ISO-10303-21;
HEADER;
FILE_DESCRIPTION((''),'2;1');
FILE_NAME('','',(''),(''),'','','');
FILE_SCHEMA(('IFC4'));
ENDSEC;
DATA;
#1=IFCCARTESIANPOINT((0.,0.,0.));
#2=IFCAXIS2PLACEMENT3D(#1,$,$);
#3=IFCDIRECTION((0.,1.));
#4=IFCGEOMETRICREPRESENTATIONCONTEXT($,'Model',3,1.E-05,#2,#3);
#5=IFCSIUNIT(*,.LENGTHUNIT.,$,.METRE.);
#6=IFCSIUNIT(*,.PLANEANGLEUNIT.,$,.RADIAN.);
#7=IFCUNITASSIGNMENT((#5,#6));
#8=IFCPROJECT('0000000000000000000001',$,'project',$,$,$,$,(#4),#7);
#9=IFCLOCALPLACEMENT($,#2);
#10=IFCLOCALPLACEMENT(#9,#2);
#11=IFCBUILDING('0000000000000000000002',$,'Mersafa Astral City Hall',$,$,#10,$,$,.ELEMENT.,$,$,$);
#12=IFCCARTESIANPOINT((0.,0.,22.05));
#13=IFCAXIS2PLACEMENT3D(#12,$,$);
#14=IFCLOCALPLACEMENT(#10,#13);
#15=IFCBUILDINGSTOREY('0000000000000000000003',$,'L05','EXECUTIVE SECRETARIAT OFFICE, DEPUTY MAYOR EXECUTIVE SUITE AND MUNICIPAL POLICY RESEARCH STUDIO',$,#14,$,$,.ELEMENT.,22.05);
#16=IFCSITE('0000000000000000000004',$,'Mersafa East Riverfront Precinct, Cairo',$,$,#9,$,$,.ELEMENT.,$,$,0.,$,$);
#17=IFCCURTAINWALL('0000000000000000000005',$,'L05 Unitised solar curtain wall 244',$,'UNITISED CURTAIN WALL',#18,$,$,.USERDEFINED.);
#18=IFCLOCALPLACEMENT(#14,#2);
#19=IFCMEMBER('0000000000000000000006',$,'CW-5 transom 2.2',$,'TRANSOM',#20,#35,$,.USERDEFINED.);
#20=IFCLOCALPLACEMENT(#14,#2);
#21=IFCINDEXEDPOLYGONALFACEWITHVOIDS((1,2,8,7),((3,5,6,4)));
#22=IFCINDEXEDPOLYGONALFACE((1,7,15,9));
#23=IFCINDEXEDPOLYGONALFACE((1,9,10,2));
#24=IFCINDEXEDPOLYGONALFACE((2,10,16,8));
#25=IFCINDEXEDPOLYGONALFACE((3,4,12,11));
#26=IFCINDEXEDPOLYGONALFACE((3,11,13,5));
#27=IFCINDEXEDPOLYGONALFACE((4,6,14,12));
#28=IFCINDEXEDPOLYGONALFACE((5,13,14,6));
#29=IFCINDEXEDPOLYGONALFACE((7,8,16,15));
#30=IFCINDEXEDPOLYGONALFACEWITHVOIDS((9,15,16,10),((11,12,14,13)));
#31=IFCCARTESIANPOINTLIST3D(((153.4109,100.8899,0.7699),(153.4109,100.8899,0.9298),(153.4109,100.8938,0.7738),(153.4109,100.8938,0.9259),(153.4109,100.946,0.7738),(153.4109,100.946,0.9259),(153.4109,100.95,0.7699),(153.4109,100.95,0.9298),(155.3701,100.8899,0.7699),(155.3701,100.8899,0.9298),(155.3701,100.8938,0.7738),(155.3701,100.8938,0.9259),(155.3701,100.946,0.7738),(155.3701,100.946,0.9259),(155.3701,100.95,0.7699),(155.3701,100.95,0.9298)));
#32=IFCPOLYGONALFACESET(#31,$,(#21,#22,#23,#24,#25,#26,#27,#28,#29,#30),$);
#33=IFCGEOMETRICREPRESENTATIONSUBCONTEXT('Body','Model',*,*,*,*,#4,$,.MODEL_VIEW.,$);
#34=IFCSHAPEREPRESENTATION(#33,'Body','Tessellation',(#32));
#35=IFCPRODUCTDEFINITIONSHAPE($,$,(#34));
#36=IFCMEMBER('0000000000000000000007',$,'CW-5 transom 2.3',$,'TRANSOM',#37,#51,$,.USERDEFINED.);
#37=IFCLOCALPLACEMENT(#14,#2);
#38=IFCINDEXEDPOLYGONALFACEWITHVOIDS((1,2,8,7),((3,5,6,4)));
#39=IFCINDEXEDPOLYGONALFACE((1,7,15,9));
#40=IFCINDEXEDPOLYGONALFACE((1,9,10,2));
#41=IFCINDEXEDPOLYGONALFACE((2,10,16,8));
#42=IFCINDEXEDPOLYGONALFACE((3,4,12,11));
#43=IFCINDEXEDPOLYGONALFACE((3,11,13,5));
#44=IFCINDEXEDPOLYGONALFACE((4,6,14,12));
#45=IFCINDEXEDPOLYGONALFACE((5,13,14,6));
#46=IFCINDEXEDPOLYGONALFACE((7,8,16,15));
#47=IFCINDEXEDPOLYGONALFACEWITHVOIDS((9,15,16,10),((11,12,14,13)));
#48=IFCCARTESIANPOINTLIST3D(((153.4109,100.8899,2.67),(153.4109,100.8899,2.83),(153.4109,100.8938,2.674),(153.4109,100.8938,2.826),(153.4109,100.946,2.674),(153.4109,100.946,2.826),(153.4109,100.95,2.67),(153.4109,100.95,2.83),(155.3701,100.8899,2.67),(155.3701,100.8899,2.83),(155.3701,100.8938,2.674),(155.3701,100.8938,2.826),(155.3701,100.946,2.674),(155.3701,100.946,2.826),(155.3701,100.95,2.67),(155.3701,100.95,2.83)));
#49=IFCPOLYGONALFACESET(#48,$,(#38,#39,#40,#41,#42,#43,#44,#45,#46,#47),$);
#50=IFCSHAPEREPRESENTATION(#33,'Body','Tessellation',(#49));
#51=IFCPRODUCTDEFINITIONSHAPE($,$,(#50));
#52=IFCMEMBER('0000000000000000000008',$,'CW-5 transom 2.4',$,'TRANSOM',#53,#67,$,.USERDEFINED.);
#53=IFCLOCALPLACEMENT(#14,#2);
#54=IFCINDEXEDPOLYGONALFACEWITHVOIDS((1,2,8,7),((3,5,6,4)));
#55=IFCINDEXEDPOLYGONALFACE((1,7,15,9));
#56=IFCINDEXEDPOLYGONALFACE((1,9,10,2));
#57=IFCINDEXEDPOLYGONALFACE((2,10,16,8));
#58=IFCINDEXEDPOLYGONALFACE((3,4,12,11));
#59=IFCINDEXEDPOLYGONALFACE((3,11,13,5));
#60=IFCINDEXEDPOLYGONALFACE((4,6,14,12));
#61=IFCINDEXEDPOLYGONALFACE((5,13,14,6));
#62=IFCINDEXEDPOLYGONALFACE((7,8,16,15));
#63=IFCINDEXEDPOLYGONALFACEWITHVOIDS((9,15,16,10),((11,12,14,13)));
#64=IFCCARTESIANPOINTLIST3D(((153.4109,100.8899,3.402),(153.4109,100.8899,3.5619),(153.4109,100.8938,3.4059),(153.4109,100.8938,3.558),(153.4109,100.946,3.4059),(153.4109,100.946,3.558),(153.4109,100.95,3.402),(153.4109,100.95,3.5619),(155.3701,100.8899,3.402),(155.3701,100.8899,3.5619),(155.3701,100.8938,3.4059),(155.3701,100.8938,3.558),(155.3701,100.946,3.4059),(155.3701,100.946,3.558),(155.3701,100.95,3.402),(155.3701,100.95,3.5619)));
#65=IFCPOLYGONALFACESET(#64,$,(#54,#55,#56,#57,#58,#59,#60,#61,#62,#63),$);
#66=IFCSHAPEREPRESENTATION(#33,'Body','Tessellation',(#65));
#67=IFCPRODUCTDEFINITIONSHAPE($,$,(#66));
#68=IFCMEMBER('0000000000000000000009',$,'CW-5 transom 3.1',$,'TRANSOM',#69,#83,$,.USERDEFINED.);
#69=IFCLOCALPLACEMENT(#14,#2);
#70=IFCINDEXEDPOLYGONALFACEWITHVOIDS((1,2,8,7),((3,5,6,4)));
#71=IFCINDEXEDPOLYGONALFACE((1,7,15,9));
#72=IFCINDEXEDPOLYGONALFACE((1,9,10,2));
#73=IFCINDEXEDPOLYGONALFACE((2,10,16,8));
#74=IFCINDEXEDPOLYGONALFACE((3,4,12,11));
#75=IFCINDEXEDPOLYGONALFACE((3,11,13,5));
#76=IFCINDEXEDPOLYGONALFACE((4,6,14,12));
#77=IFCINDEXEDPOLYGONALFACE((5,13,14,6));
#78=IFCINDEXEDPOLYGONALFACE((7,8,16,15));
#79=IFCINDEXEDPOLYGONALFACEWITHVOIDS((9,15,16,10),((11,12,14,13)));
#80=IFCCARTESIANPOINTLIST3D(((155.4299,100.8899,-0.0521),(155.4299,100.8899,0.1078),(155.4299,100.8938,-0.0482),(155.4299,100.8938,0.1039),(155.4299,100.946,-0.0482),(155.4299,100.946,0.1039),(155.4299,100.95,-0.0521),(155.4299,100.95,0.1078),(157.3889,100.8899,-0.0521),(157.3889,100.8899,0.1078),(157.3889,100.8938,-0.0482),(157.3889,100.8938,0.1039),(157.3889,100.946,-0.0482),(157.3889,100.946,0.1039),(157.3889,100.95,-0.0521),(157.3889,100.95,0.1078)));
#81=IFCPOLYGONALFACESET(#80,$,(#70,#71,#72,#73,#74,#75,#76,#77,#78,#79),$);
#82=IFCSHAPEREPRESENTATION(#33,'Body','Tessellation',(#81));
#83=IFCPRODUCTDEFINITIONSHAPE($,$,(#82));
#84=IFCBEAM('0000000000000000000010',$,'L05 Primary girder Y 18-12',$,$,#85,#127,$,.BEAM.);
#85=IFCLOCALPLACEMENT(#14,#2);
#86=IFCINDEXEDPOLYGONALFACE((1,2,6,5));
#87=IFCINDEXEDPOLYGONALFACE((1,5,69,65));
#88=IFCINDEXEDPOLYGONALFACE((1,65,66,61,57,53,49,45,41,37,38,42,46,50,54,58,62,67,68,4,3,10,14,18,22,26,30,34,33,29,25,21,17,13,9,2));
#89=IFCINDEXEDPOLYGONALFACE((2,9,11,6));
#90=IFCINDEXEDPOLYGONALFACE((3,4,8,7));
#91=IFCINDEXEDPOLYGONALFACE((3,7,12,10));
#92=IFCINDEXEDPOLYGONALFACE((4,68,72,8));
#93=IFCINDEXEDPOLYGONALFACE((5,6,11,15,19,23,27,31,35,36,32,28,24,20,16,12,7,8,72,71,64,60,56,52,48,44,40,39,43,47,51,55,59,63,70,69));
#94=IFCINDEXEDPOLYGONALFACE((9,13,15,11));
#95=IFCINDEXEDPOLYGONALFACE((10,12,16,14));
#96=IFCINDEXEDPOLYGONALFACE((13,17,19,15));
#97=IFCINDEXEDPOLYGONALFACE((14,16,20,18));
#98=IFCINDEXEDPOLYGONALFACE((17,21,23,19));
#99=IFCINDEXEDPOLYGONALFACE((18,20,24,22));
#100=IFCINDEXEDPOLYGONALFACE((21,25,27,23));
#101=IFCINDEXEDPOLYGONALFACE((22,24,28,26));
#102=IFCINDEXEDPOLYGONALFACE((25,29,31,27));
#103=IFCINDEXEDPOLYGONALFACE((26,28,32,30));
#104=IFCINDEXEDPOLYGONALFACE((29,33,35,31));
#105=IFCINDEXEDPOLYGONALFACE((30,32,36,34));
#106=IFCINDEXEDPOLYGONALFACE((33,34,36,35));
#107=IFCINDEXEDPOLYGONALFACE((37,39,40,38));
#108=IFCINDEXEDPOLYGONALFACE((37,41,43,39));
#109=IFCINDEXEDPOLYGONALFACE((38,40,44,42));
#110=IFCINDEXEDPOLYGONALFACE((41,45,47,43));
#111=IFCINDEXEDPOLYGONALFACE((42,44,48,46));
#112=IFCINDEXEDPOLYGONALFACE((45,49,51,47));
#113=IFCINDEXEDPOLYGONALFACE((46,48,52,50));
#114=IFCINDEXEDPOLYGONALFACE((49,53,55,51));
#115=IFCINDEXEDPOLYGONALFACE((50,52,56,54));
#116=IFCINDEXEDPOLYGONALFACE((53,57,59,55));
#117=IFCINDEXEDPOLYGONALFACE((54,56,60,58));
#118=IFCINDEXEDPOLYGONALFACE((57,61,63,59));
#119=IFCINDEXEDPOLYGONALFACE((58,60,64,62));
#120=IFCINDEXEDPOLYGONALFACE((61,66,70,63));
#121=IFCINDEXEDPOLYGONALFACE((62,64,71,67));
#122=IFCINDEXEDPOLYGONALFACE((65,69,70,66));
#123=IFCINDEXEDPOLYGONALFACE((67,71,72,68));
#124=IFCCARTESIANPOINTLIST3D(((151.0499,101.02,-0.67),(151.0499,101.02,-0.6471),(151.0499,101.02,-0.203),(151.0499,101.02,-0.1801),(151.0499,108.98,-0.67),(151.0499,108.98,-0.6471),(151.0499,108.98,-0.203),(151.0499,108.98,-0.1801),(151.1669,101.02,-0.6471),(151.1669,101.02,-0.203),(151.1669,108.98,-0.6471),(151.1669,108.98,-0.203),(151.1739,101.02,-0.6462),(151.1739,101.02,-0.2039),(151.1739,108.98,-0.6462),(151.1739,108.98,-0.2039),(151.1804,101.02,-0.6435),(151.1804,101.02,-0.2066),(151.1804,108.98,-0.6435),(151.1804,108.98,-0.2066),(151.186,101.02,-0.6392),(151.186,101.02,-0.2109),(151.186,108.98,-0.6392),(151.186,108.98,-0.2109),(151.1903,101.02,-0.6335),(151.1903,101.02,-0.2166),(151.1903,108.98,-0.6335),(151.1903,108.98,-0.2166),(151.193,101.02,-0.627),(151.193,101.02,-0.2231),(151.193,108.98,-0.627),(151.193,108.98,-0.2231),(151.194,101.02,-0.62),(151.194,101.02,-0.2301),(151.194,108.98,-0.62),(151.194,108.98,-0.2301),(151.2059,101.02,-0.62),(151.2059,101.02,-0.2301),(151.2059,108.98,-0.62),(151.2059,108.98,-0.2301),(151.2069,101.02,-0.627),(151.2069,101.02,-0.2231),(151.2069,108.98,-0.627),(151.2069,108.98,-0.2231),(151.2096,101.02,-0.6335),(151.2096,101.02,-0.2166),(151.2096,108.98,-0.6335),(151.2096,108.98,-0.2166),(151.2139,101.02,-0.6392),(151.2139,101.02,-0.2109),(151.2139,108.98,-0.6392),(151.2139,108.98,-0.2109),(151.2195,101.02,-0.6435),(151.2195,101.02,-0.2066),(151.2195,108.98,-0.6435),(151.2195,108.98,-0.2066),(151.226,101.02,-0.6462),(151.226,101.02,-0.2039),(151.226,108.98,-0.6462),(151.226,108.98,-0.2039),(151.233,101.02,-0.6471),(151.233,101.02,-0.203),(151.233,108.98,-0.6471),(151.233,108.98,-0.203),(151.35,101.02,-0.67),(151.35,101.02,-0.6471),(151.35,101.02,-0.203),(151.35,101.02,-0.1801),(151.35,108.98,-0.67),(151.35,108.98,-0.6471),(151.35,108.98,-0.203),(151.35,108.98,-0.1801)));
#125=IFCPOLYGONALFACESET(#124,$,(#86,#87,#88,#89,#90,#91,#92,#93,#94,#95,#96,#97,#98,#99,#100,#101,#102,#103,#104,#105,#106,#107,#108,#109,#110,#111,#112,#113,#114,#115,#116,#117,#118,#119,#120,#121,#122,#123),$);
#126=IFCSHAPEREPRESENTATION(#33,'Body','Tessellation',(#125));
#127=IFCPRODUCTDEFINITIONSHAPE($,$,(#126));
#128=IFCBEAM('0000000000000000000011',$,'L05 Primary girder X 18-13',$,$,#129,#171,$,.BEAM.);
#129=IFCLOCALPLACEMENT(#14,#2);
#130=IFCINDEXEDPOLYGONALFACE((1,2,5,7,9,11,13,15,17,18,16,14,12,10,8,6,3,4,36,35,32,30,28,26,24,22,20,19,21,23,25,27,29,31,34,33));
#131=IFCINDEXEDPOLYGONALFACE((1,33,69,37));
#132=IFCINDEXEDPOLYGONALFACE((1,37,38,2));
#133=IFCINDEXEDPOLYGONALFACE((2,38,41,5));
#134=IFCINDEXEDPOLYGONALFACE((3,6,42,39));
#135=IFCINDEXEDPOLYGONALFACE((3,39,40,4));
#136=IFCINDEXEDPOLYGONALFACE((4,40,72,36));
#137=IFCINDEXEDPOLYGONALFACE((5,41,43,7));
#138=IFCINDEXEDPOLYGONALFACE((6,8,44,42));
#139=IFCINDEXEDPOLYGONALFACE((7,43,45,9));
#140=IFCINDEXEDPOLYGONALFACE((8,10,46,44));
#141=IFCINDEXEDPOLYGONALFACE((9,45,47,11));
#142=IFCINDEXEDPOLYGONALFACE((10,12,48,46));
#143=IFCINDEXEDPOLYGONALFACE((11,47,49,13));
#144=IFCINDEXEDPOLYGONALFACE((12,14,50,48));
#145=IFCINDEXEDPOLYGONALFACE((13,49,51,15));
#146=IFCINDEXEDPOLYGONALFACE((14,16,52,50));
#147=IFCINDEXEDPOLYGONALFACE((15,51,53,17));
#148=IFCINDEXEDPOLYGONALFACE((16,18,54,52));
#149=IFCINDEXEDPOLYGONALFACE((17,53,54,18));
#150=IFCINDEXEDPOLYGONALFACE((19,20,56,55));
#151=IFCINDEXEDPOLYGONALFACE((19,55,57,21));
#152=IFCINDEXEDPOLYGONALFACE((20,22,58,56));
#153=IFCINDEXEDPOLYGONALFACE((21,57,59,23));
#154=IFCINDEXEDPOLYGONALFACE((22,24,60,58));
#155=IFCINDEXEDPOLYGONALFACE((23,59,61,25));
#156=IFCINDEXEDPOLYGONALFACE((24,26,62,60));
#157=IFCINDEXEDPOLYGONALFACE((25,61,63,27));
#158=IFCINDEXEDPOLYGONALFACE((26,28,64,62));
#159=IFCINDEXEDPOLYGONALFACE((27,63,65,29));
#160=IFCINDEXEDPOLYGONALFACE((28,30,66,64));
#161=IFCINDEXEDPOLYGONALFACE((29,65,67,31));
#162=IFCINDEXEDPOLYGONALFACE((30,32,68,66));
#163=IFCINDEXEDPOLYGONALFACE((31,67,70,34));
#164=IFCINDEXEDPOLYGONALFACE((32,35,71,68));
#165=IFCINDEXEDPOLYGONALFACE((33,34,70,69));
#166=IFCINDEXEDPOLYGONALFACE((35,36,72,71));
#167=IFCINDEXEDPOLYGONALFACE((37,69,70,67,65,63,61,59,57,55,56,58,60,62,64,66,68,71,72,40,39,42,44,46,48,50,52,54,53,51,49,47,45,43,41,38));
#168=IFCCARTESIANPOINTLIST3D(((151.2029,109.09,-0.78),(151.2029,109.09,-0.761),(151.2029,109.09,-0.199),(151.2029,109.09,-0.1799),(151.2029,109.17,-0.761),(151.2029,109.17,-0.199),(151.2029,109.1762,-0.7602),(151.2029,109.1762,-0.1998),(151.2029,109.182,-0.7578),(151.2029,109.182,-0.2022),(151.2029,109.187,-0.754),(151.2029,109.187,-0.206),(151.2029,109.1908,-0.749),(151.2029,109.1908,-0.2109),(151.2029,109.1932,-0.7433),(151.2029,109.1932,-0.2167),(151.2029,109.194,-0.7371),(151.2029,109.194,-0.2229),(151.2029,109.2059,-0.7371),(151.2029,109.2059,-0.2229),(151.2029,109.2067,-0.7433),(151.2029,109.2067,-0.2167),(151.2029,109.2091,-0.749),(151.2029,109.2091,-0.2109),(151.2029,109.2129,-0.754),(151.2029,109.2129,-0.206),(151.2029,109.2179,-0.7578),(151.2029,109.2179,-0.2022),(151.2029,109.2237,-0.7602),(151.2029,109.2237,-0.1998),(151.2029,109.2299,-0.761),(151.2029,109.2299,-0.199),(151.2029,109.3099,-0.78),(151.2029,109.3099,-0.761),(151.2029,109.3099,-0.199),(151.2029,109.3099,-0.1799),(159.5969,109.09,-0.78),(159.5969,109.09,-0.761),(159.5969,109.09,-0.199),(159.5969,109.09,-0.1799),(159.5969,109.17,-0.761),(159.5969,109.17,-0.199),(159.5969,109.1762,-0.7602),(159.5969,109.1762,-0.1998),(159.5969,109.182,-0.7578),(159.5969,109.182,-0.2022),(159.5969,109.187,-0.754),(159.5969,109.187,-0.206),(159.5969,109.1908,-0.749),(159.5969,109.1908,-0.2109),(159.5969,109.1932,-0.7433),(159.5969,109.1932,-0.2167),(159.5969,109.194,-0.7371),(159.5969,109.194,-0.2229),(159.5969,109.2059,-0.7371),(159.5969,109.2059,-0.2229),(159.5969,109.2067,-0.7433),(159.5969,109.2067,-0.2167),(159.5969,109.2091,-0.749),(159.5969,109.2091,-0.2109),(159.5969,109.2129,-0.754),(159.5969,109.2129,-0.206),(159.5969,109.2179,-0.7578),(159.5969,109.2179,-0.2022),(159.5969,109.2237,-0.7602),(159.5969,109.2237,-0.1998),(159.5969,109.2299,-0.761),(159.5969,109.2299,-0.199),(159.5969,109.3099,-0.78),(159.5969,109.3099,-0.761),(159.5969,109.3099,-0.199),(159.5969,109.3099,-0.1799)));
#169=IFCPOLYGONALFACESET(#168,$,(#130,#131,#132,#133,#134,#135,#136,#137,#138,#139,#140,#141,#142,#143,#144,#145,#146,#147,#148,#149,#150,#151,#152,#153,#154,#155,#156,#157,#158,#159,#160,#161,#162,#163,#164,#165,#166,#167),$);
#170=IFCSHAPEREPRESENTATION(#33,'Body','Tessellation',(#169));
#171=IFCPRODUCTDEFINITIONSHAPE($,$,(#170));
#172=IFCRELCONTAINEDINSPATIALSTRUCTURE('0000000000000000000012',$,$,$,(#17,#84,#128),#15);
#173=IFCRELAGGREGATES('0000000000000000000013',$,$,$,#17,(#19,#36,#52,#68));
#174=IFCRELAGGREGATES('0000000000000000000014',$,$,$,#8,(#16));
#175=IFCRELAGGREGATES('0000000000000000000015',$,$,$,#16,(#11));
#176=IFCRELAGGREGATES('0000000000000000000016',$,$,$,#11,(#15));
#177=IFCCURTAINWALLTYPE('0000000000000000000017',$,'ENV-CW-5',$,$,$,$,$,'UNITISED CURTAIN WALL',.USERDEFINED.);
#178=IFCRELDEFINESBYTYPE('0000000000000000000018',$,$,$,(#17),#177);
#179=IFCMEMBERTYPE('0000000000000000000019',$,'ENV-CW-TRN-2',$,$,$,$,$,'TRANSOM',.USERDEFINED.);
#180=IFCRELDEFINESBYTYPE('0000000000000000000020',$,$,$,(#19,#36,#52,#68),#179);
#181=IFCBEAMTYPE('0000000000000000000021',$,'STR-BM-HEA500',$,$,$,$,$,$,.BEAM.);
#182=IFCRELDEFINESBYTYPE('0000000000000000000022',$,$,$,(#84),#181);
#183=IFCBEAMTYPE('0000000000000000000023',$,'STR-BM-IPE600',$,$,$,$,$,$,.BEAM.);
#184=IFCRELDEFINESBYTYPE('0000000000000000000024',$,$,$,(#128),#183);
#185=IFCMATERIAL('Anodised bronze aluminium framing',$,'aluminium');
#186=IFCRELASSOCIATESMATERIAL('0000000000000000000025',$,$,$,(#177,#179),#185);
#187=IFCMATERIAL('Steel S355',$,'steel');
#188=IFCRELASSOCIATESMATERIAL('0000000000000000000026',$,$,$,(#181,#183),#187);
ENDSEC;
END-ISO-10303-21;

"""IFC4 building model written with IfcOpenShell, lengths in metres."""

from ifc_helpers import new_model, si_unit, direction, frame, origin, origin_2d, place, context, subcontext, project, spatial, hollow_rectangle, i_section, extrude, material, material_profile, profile_set, type_object, element, aggregate, save


model = new_model("IFC4")

# Units and contexts
model_context = context("Model", 3, precision=1e-05, world=origin(), true_north=direction((0.0, 1.0)))
body_context = subcontext(model_context, "Body", "Model", "MODEL_VIEW")
ifc_project = project(units=[si_unit("LENGTHUNIT", "METRE"), si_unit("PLANEANGLEUNIT", "RADIAN")], contexts=[model_context])

# Site, building, storey
site_placement = place(None, origin())
site = spatial("IfcSite", under=ifc_project, at=site_placement, Name="Mersafa East Riverfront Precinct, Cairo", CompositionType="ELEMENT", RefElevation=0.0)
building_placement = place(site_placement, origin())
building = spatial("IfcBuilding", under=site, at=building_placement, Name="Mersafa Astral City Hall", CompositionType="ELEMENT")
storey_placement = place(building_placement, frame((0.0, 0.0, 22.05)))
storey = spatial("IfcBuildingStorey", under=building, at=storey_placement, Name="L05", Description="EXECUTIVE SECRETARIAT OFFICE, DEPUTY MAYOR EXECUTIVE SUITE AND MUNICIPAL POLICY RESEARCH STUDIO", CompositionType="ELEMENT", Elevation=22.05)

# Shared definitions
ifc_material_1 = material(Name="Steel S355", Category="steel")

# Curtain wall, members
ifc_material_2 = material(Name="Anodised bronze aluminium framing", Category="aluminium")
curtain_wall_type = type_object("IfcCurtainWallType", Name="ENV-CW-5", ElementType="UNITISED CURTAIN WALL", PredefinedType="USERDEFINED", material=ifc_material_2)
curtain_wall_placement = place(storey_placement, origin())
curtain_wall = element("IfcCurtainWall", 1, at=curtain_wall_placement, inside=storey, type_object=curtain_wall_type, Name="L05 Unitised solar curtain wall 244", ObjectType="UNITISED CURTAIN WALL", PredefinedType="USERDEFINED")
ifc_material_profile_1 = material_profile(ifc_material_2, hollow_rectangle(XDim=0.0601, YDim=0.1599, WallThickness=0.0039, at=origin_2d()), Name="RHS 60x160x4")
ifc_profile_set_1 = profile_set([ifc_material_profile_1], Name="Anodised bronze aluminium framing")
member_type_1 = type_object("IfcMemberType", Name="ENV-CW-TRN-2", ElementType="TRANSOM", PredefinedType="USERDEFINED", material=ifc_profile_set_1)
member_1_placement = place(storey_placement, frame((153.4109, 100.9199, 0.8499), z_axis=(1.0, 0.0, 0.0), x_axis=(0.0, 1.0, 0.0)))
member_1 = element("IfcMember", 2, at=member_1_placement, type_object=member_type_1, Name="CW-5 transom 2.2", ObjectType="TRANSOM", PredefinedType="USERDEFINED", context=body_context, shape_type="SweptSolid", body=[
    extrude(hollow_rectangle(XDim=0.0601, YDim=0.1599, WallThickness=0.0039, at=origin_2d()), origin(), (0.0, 0.0, 1.0), 1.9592),
])
member_2_placement = place(storey_placement, frame((153.4109, 100.9199, 2.75), z_axis=(1.0, 0.0, 0.0), x_axis=(0.0, 1.0, 0.0)))
member_2 = element("IfcMember", 3, at=member_2_placement, type_object=member_type_1, Name="CW-5 transom 2.3", ObjectType="TRANSOM", PredefinedType="USERDEFINED", context=body_context, shape_type="SweptSolid", body=[
    extrude(hollow_rectangle(XDim=0.0601, YDim=0.1599, WallThickness=0.0039, at=origin_2d()), origin(), (0.0, 0.0, 1.0), 1.9592),
])
member_3_placement = place(storey_placement, frame((153.4109, 100.9199, 3.4819), z_axis=(1.0, 0.0, 0.0), x_axis=(0.0, 1.0, 0.0)))
member_3 = element("IfcMember", 4, at=member_3_placement, type_object=member_type_1, Name="CW-5 transom 2.4", ObjectType="TRANSOM", PredefinedType="USERDEFINED", context=body_context, shape_type="SweptSolid", body=[
    extrude(hollow_rectangle(XDim=0.0601, YDim=0.1599, WallThickness=0.0039, at=origin_2d()), origin(), (0.0, 0.0, 1.0), 1.9592),
])
member_4_placement = place(storey_placement, frame((155.4299, 100.9199, 0.0278), z_axis=(1.0, 0.0, 0.0), x_axis=(0.0, 1.0, 0.0)))
member_4 = element("IfcMember", 5, at=member_4_placement, type_object=member_type_1, Name="CW-5 transom 3.1", ObjectType="TRANSOM", PredefinedType="USERDEFINED", context=body_context, shape_type="SweptSolid", body=[
    extrude(hollow_rectangle(XDim=0.0601, YDim=0.1599, WallThickness=0.0039, at=origin_2d()), origin(), (0.0, 0.0, 1.0), 1.959),
])

# Beams
ifc_material_profile_2 = material_profile(ifc_material_1, i_section(OverallWidth=0.3, OverallDepth=0.49, WebThickness=0.012, FlangeThickness=0.0229, FilletRadius=0.0271, at=origin_2d()), Name="HEA 500")
ifc_profile_set_2 = profile_set([ifc_material_profile_2], Name="Steel S355")
beam_type_1 = type_object("IfcBeamType", Name="STR-BM-HEA500", PredefinedType="BEAM", material=ifc_profile_set_2)
beam_1_placement = place(storey_placement, frame((151.2, 101.02, -0.425), z_axis=(0.0, 1.0, 0.0), x_axis=(-1.0, 0.0, 0.0)))
element("IfcBeam", 6, at=beam_1_placement, inside=storey, type_object=beam_type_1, Name="L05 Primary girder Y 18-12", PredefinedType="BEAM", context=body_context, shape_type="SweptSolid", body=[
    extrude(i_section(OverallWidth=0.3, OverallDepth=0.49, WebThickness=0.012, FlangeThickness=0.0229, FilletRadius=0.0271, at=origin_2d()), origin(), (0.0, 0.0, 1.0), 7.96),
])
ifc_material_profile_3 = material_profile(ifc_material_1, i_section(OverallWidth=0.22, OverallDepth=0.6001, WebThickness=0.012, FlangeThickness=0.019, FilletRadius=0.0239, at=origin_2d()), Name="IPE 600")
ifc_profile_set_3 = profile_set([ifc_material_profile_3], Name="Steel S355")
beam_type_2 = type_object("IfcBeamType", Name="STR-BM-IPE600", PredefinedType="BEAM", material=ifc_profile_set_3)
beam_2_placement = place(storey_placement, frame((151.2029, 109.2, -0.48), z_axis=(1.0, 0.0, 0.0), x_axis=(0.0, 1.0, 0.0)))
element("IfcBeam", 7, at=beam_2_placement, inside=storey, type_object=beam_type_2, Name="L05 Primary girder X 18-13", PredefinedType="BEAM", context=body_context, shape_type="SweptSolid", body=[
    extrude(i_section(OverallWidth=0.22, OverallDepth=0.6001, WebThickness=0.012, FlangeThickness=0.019, FilletRadius=0.0239, at=origin_2d()), origin(), (0.0, 0.0, 1.0), 8.394),
])

aggregate(curtain_wall, [member_1, member_2, member_3, member_4])

save(model, "model.ifc")
